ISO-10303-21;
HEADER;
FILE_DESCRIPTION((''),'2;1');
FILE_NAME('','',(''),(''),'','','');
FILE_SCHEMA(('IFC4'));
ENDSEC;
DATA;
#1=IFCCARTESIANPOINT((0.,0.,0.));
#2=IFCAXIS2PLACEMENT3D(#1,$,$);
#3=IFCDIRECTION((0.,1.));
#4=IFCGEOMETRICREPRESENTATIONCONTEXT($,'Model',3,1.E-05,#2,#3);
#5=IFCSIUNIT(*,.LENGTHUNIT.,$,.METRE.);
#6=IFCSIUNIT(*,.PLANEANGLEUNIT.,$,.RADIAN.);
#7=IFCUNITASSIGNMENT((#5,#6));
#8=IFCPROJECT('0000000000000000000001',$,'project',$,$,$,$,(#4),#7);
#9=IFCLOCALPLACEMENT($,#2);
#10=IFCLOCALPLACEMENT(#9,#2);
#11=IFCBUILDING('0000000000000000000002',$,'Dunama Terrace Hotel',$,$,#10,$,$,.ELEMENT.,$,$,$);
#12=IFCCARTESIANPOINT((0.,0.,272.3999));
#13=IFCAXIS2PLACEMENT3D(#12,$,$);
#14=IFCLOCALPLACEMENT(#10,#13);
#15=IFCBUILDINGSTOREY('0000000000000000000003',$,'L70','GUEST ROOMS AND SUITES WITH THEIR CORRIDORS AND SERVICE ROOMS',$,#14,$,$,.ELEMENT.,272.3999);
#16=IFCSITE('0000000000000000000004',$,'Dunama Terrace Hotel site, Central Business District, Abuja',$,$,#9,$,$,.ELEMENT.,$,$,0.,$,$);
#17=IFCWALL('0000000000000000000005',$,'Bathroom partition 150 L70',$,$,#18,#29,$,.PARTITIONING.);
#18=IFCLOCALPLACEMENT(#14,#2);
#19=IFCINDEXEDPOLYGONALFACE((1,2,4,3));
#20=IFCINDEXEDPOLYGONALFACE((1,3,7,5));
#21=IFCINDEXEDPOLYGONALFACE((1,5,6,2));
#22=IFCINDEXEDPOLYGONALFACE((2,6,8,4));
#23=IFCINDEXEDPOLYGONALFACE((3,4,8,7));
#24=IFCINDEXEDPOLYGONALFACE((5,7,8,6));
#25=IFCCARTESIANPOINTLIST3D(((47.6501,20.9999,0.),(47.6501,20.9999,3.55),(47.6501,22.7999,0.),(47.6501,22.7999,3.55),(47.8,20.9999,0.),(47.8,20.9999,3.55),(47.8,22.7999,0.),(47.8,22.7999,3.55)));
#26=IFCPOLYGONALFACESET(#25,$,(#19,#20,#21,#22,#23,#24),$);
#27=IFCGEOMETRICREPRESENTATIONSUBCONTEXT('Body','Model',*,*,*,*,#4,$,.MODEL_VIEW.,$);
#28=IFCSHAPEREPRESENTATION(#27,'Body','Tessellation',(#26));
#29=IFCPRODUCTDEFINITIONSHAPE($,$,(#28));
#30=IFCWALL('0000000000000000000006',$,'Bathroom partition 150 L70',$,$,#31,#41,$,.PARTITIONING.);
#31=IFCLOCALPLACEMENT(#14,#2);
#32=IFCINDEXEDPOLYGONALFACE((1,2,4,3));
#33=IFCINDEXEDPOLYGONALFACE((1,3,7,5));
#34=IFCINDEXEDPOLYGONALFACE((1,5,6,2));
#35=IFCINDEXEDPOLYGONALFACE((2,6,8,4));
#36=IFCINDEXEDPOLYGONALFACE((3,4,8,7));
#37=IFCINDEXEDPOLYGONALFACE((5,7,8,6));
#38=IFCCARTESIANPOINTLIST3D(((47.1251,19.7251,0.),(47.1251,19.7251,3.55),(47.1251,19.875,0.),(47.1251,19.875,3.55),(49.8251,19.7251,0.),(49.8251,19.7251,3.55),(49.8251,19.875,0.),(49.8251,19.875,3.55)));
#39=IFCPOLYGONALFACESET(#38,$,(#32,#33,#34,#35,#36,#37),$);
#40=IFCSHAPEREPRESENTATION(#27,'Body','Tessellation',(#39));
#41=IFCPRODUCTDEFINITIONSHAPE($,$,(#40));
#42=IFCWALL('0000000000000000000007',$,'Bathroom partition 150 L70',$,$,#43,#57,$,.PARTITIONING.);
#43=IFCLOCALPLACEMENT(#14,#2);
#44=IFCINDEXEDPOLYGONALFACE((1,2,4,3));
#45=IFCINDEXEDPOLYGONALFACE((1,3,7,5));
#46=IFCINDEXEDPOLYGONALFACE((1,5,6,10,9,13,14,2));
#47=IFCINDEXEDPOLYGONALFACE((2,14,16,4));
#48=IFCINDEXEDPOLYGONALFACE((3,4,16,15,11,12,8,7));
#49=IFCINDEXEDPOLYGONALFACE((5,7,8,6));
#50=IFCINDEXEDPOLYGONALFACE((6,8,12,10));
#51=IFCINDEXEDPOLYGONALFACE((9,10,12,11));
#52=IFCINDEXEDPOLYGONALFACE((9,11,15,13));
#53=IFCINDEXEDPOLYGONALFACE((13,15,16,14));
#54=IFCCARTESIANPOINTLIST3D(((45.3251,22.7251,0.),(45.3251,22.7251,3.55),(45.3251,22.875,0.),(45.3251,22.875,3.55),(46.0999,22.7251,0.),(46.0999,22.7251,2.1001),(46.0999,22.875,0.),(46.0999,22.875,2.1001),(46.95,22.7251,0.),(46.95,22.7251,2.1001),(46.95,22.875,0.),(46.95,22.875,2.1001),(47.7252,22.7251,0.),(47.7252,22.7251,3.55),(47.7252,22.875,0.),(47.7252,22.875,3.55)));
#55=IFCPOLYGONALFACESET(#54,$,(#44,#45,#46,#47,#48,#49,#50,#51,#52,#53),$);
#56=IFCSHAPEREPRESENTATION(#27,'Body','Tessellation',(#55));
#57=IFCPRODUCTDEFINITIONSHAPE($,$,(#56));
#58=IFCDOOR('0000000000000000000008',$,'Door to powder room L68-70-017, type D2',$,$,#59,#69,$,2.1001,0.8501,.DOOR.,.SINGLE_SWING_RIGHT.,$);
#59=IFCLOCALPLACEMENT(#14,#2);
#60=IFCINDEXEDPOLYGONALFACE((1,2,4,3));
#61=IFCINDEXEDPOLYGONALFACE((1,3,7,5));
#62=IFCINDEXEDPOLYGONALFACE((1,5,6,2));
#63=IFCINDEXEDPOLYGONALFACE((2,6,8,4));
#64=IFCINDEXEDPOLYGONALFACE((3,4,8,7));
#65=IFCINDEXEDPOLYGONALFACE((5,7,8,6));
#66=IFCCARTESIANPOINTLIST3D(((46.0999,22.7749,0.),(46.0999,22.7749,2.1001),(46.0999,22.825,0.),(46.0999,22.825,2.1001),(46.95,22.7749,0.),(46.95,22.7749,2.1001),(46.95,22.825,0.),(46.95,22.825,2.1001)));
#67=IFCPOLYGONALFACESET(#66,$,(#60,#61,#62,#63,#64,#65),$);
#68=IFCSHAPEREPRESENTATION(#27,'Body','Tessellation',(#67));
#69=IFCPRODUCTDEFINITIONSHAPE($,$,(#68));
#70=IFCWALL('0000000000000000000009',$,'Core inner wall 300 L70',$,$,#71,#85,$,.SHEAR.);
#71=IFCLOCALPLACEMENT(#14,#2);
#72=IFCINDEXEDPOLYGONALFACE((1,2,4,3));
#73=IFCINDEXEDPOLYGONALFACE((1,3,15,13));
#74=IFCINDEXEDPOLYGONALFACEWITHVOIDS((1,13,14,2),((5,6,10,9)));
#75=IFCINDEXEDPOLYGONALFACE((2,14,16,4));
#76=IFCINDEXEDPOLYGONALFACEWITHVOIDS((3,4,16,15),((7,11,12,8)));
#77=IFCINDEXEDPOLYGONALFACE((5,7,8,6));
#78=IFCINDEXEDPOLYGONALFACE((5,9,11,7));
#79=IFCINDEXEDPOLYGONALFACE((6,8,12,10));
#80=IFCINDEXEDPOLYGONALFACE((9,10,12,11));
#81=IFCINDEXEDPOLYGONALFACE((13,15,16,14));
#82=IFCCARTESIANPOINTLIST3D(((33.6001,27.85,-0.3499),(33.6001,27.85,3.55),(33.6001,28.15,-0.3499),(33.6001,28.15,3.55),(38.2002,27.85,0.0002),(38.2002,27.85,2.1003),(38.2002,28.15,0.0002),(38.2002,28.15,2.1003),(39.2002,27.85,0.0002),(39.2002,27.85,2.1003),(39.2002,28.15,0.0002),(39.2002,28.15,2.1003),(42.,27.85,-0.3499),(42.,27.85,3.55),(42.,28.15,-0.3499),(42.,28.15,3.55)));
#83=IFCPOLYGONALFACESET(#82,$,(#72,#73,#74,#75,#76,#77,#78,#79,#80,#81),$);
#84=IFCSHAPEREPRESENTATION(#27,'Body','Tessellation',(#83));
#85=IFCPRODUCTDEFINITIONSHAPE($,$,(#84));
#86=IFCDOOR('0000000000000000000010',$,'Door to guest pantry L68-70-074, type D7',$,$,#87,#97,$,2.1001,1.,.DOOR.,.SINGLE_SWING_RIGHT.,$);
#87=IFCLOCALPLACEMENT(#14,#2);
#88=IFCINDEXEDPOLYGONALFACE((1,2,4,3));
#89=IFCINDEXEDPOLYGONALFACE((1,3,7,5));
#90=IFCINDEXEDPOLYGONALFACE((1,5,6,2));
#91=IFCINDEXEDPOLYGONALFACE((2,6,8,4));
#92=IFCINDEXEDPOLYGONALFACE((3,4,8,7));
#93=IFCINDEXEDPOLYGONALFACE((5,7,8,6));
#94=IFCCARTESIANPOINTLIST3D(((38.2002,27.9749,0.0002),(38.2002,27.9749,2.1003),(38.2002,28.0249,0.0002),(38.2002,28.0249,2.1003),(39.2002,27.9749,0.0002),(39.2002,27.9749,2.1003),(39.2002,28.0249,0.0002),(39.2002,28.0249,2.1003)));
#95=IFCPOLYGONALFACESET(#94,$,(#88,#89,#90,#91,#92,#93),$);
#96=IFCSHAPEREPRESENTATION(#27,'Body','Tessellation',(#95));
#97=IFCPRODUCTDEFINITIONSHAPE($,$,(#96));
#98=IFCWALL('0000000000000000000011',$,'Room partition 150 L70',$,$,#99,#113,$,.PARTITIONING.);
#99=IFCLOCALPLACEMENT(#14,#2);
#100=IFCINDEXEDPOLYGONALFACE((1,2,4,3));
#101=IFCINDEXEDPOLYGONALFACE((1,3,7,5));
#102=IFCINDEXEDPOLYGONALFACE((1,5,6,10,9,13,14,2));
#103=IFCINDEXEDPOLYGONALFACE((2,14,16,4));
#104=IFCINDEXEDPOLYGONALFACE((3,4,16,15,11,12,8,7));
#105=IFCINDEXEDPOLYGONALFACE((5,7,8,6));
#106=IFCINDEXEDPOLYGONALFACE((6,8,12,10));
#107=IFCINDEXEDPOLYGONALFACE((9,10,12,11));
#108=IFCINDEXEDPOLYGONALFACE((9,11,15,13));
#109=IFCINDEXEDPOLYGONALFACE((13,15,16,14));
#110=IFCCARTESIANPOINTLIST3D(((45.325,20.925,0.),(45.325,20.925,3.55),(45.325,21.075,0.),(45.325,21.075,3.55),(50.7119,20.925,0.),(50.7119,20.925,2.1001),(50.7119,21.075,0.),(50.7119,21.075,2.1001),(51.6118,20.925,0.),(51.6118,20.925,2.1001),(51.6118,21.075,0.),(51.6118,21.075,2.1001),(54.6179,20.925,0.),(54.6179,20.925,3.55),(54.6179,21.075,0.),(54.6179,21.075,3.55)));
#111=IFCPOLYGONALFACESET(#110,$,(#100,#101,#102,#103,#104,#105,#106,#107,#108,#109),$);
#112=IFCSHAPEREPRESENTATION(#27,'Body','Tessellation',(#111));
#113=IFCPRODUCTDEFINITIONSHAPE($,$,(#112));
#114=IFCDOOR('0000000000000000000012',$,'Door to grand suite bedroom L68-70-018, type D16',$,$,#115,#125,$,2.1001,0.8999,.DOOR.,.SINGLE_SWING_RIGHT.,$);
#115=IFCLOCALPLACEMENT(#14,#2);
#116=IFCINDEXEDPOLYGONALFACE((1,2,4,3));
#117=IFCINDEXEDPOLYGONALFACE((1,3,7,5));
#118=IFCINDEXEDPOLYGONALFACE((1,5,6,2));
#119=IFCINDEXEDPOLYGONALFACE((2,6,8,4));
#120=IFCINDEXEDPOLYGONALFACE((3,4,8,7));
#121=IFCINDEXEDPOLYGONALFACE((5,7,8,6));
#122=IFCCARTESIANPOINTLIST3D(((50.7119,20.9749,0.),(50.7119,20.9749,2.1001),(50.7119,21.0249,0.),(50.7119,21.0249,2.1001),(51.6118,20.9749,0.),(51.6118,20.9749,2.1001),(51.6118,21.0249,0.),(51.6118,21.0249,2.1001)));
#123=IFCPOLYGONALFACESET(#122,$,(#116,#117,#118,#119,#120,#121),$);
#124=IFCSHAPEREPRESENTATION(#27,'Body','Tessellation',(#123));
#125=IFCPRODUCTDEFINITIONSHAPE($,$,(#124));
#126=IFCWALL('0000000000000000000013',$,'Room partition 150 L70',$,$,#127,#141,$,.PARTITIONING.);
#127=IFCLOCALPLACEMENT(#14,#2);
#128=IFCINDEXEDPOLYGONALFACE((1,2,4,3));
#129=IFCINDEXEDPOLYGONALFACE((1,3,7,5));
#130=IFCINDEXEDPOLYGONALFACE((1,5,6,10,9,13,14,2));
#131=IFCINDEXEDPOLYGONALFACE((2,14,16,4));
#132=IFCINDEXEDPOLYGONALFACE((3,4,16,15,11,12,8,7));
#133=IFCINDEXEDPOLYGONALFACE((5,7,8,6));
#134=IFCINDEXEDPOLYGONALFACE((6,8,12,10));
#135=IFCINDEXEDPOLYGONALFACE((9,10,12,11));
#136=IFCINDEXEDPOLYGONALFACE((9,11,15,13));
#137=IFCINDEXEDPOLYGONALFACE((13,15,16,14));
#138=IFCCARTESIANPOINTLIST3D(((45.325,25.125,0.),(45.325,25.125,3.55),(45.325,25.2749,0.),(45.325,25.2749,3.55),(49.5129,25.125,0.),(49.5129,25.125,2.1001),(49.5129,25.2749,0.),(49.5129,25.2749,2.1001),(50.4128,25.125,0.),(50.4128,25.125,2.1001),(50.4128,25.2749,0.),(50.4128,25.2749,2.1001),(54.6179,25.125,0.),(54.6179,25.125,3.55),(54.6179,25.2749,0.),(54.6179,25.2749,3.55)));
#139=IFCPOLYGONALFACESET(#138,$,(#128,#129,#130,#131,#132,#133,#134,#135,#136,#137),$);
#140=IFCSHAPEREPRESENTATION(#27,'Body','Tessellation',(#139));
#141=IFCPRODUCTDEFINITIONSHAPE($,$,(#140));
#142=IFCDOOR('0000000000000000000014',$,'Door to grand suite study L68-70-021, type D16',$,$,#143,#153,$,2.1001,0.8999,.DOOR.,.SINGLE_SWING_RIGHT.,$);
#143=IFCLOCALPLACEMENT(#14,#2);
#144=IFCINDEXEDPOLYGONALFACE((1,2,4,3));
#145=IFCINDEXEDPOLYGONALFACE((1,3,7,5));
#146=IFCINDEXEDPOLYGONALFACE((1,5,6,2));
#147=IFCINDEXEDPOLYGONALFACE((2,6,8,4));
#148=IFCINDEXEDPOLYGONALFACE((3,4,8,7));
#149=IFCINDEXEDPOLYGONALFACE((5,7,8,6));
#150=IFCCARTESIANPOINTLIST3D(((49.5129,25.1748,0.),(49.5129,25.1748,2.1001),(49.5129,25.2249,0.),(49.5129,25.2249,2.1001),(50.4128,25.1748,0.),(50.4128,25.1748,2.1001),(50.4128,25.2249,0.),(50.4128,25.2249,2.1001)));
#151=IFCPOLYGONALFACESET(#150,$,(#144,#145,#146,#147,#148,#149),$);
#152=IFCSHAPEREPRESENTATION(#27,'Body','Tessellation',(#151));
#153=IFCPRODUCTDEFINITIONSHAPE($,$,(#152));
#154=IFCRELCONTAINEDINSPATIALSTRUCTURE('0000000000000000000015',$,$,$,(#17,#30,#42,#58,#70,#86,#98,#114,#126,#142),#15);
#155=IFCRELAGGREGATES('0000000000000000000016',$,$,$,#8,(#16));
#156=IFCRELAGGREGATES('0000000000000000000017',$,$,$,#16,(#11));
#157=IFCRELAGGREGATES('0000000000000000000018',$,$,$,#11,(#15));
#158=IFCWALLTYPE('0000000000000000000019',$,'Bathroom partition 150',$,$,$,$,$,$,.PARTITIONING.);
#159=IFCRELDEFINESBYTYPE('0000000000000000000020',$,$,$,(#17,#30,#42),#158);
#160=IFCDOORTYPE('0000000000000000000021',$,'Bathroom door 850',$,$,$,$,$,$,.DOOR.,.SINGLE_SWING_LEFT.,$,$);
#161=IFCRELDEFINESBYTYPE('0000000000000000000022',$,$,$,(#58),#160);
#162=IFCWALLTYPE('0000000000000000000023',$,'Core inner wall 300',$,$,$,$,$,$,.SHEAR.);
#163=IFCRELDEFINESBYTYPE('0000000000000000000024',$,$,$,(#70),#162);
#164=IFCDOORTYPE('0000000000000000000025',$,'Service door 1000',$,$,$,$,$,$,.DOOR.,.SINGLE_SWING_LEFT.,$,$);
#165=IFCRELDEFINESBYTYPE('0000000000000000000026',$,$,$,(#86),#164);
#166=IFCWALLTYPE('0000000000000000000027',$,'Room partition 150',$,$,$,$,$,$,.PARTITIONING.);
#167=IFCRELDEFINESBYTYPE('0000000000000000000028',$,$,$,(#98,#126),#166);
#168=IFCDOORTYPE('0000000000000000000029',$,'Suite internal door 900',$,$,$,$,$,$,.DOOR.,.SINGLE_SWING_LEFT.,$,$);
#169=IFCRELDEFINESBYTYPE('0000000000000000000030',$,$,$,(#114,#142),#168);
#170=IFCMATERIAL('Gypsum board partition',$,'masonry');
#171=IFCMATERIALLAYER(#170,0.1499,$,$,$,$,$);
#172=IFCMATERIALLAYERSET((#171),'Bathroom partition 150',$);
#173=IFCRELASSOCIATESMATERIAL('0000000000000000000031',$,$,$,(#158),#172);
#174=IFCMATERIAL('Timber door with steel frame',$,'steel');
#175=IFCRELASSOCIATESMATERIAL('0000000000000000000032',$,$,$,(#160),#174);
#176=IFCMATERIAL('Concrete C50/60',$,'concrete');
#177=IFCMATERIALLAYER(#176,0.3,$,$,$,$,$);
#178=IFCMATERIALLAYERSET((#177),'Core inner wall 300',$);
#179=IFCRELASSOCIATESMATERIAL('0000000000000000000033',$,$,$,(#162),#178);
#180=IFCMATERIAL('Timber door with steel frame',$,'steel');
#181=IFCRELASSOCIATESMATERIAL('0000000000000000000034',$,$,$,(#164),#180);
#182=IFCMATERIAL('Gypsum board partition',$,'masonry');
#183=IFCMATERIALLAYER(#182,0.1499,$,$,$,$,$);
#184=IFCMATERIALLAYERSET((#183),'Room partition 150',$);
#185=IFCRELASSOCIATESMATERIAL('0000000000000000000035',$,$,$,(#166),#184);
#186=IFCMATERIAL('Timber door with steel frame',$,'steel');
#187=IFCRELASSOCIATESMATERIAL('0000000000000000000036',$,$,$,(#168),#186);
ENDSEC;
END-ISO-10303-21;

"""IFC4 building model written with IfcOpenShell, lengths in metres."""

from ifc_helpers import new_model, si_unit, direction, frame, frame_2d, origin, place, context, subcontext, project, spatial, rectangle, extrude, material, layer, layer_set, type_object, element, fill, save


model = new_model("IFC4")

# Units and contexts
model_context = context("Model", 3, precision=1e-05, world=origin(), true_north=direction((0.0, 1.0)))
body_context = subcontext(model_context, "Body", "Model", "MODEL_VIEW")
ifc_project = project(units=[si_unit("LENGTHUNIT", "METRE"), si_unit("PLANEANGLEUNIT", "RADIAN")], contexts=[model_context])

# Site, building, storey
site_placement = place(None, origin())
site = spatial("IfcSite", under=ifc_project, at=site_placement, Name="Dunama Terrace Hotel site, Central Business District, Abuja", CompositionType="ELEMENT", RefElevation=0.0)
building_placement = place(site_placement, origin())
building = spatial("IfcBuilding", under=site, at=building_placement, Name="Dunama Terrace Hotel", CompositionType="ELEMENT")
storey_placement = place(building_placement, frame((0.0, 0.0, 272.3999)))
storey = spatial("IfcBuildingStorey", under=building, at=storey_placement, Name="L70", Description="GUEST ROOMS AND SUITES WITH THEIR CORRIDORS AND SERVICE ROOMS", CompositionType="ELEMENT", Elevation=272.3999)

# Walls
ifc_material_1 = material(Name="Gypsum board partition", Category="masonry")
ifc_layer_1 = layer(ifc_material_1, 0.1499)
ifc_layer_set_1 = layer_set([ifc_layer_1], Name="Bathroom partition 150")
wall_type_1 = type_object("IfcWallType", Name="Bathroom partition 150", PredefinedType="PARTITIONING", material=ifc_layer_set_1)
wall_1_placement = place(storey_placement, frame((47.7251, 21.0, 0.0), z_axis=(0.0, 0.0, 1.0), x_axis=(0.0, 1.0, 0.0)))
element("IfcWall", 1, at=wall_1_placement, inside=storey, type_object=wall_type_1, Name="Bathroom partition 150 L70", PredefinedType="PARTITIONING", context=body_context, shape_type="SweptSolid", body=[
    extrude(rectangle(XDim=1.8, YDim=0.1499, at=frame_2d((0.8999, 0.0))), origin(), (0.0, 0.0, 1.0), 3.55),
])
wall_2_placement = place(storey_placement, frame((47.125, 19.8, 0.0), z_axis=(0.0, 0.0, 1.0), x_axis=(1.0, 0.0, 0.0)))
element("IfcWall", 2, at=wall_2_placement, inside=storey, type_object=wall_type_1, Name="Bathroom partition 150 L70", PredefinedType="PARTITIONING", context=body_context, shape_type="SweptSolid", body=[
    extrude(rectangle(XDim=2.7, YDim=0.1499, at=frame_2d((1.3501, 0.0))), origin(), (0.0, 0.0, 1.0), 3.55),
])

# Walls, openings, doors
wall_3_placement = place(storey_placement, frame((45.325, 22.8, 0.0), z_axis=(0.0, 0.0, 1.0), x_axis=(1.0, 0.0, 0.0)))
wall_3 = element("IfcWall", 3, at=wall_3_placement, inside=storey, type_object=wall_type_1, Name="Bathroom partition 150 L70", PredefinedType="PARTITIONING", context=body_context, shape_type="SweptSolid", body=[
    extrude(rectangle(XDim=2.4001, YDim=0.1499, at=frame_2d((1.2002, 0.0))), origin(), (0.0, 0.0, 1.0), 3.55),
])
opening_1_placement = place(wall_3_placement, frame((0.7749, 0.0, 0.0)))
opening_1 = element("IfcOpeningElement", 4, at=opening_1_placement, cuts=wall_3, PredefinedType="OPENING", context=body_context, shape_type="SweptSolid", body=[
    extrude(rectangle(XDim=0.8501, YDim=2.1001, at=frame_2d((0.425, 1.05))), frame((0.0, 0.085, 0.0), z_axis=(0.0, -1.0, 0.0), x_axis=(1.0, 0.0, 0.0)), (0.0, 0.0, 1.0), 0.1699),
])
ifc_material_2 = material(Name="Timber door with steel frame", Category="steel")
door_type_1 = type_object("IfcDoorType", Name="Bathroom door 850", OperationType="SINGLE_SWING_LEFT", PredefinedType="DOOR", material=ifc_material_2)
door_1_placement = place(opening_1_placement, frame((0.8501, 0.0, 0.0), z_axis=(0.0, 0.0, 1.0), x_axis=(-1.0, 0.0, 0.0)))
door_1 = element("IfcDoor", 5, at=door_1_placement, inside=storey, type_object=door_type_1, Name="Door to powder room L68-70-017, type D2", OperationType="SINGLE_SWING_RIGHT", OverallHeight=2.1001, OverallWidth=0.8501, PredefinedType="DOOR", context=body_context, shape_type="SweptSolid", body=[
    extrude(rectangle(XDim=0.8501, YDim=2.1001, at=frame_2d((0.425, 1.05))), frame((0.0, 0.0251, 0.0), z_axis=(0.0, -1.0, 0.0), x_axis=(1.0, 0.0, 0.0)), (0.0, 0.0, 1.0), 0.05),
])
fill(opening_1, door_1)
ifc_material_3 = material(Name="Concrete C50/60", Category="concrete")
ifc_layer_2 = layer(ifc_material_3, 0.3)
ifc_layer_set_2 = layer_set([ifc_layer_2], Name="Core inner wall 300")
wall_type_2 = type_object("IfcWallType", Name="Core inner wall 300", PredefinedType="SHEAR", material=ifc_layer_set_2)
wall_4_placement = place(storey_placement, frame((33.6001, 28.0, -0.3499), z_axis=(0.0, 0.0, 1.0), x_axis=(1.0, 0.0, 0.0)))
wall_4 = element("IfcWall", 6, at=wall_4_placement, inside=storey, type_object=wall_type_2, Name="Core inner wall 300 L70", PredefinedType="SHEAR", context=body_context, shape_type="SweptSolid", body=[
    extrude(rectangle(XDim=8.3999, YDim=0.3, at=frame_2d((4.2, 0.0))), origin(), (0.0, 0.0, 1.0), 3.8999),
])
opening_2_placement = place(wall_4_placement, frame((4.6001, 0.0, 0.3501)))
opening_2 = element("IfcOpeningElement", 7, at=opening_2_placement, cuts=wall_4, PredefinedType="OPENING", context=body_context, shape_type="SweptSolid", body=[
    extrude(rectangle(XDim=1.0, YDim=2.1001, at=frame_2d((0.5, 1.05))), frame((0.0, 0.1599, 0.0), z_axis=(0.0, -1.0, 0.0), x_axis=(1.0, 0.0, 0.0)), (0.0, 0.0, 1.0), 0.3201),
])
ifc_material_4 = material(Name="Timber door with steel frame", Category="steel")
door_type_2 = type_object("IfcDoorType", Name="Service door 1000", OperationType="SINGLE_SWING_LEFT", PredefinedType="DOOR", material=ifc_material_4)
door_2_placement = place(opening_2_placement, frame((1.0, 0.0, 0.0), z_axis=(0.0, 0.0, 1.0), x_axis=(-1.0, 0.0, 0.0)))
door_2 = element("IfcDoor", 8, at=door_2_placement, inside=storey, type_object=door_type_2, Name="Door to guest pantry L68-70-074, type D7", OperationType="SINGLE_SWING_RIGHT", OverallHeight=2.1001, OverallWidth=1.0, PredefinedType="DOOR", context=body_context, shape_type="SweptSolid", body=[
    extrude(rectangle(XDim=1.0, YDim=2.1001, at=frame_2d((0.5, 1.05))), frame((0.0, 0.0251, 0.0), z_axis=(0.0, -1.0, 0.0), x_axis=(1.0, 0.0, 0.0)), (0.0, 0.0, 1.0), 0.05),
])
fill(opening_2, door_2)
ifc_material_5 = material(Name="Gypsum board partition", Category="masonry")
ifc_layer_3 = layer(ifc_material_5, 0.1499)
ifc_layer_set_3 = layer_set([ifc_layer_3], Name="Room partition 150")
wall_type_3 = type_object("IfcWallType", Name="Room partition 150", PredefinedType="PARTITIONING", material=ifc_layer_set_3)
wall_5_placement = place(storey_placement, frame((45.325, 21.0, 0.0), z_axis=(0.0, 0.0, 1.0), x_axis=(1.0, 0.0, 0.0)))
wall_5 = element("IfcWall", 9, at=wall_5_placement, inside=storey, type_object=wall_type_3, Name="Room partition 150 L70", PredefinedType="PARTITIONING", context=body_context, shape_type="SweptSolid", body=[
    extrude(rectangle(XDim=9.293, YDim=0.1499, at=frame_2d((4.6465, 0.0))), origin(), (0.0, 0.0, 1.0), 3.55),
])
opening_3_placement = place(wall_5_placement, frame((5.387, 0.0, 0.0)))
opening_3 = element("IfcOpeningElement", 10, at=opening_3_placement, cuts=wall_5, PredefinedType="OPENING", context=body_context, shape_type="SweptSolid", body=[
    extrude(rectangle(XDim=0.8999, YDim=2.1001, at=frame_2d((0.45, 1.05))), frame((0.0, 0.085, 0.0), z_axis=(0.0, -1.0, 0.0), x_axis=(1.0, 0.0, 0.0)), (0.0, 0.0, 1.0), 0.1699),
])
ifc_material_6 = material(Name="Timber door with steel frame", Category="steel")
door_type_3 = type_object("IfcDoorType", Name="Suite internal door 900", OperationType="SINGLE_SWING_LEFT", PredefinedType="DOOR", material=ifc_material_6)
door_3_placement = place(opening_3_placement, frame((0.8999, 0.0, 0.0), z_axis=(0.0, 0.0, 1.0), x_axis=(-1.0, 0.0, 0.0)))
door_3 = element("IfcDoor", 11, at=door_3_placement, inside=storey, type_object=door_type_3, Name="Door to grand suite bedroom L68-70-018, type D16", OperationType="SINGLE_SWING_RIGHT", OverallHeight=2.1001, OverallWidth=0.8999, PredefinedType="DOOR", context=body_context, shape_type="SweptSolid", body=[
    extrude(rectangle(XDim=0.8999, YDim=2.1001, at=frame_2d((0.45, 1.05))), frame((0.0, 0.0251, 0.0), z_axis=(0.0, -1.0, 0.0), x_axis=(1.0, 0.0, 0.0)), (0.0, 0.0, 1.0), 0.05),
])
fill(opening_3, door_3)
wall_6_placement = place(storey_placement, frame((45.325, 25.2, 0.0), z_axis=(0.0, 0.0, 1.0), x_axis=(1.0, 0.0, 0.0)))
wall_6 = element("IfcWall", 12, at=wall_6_placement, inside=storey, type_object=wall_type_3, Name="Room partition 150 L70", PredefinedType="PARTITIONING", context=body_context, shape_type="SweptSolid", body=[
    extrude(rectangle(XDim=9.293, YDim=0.1499, at=frame_2d((4.6465, 0.0))), origin(), (0.0, 0.0, 1.0), 3.55),
])
opening_4_placement = place(wall_6_placement, frame((4.188, 0.0, 0.0)))
opening_4 = element("IfcOpeningElement", 13, at=opening_4_placement, cuts=wall_6, PredefinedType="OPENING", context=body_context, shape_type="SweptSolid", body=[
    extrude(rectangle(XDim=0.8999, YDim=2.1001, at=frame_2d((0.45, 1.05))), frame((0.0, 0.085, 0.0), z_axis=(0.0, -1.0, 0.0), x_axis=(1.0, 0.0, 0.0)), (0.0, 0.0, 1.0), 0.1699),
])
door_4_placement = place(opening_4_placement, frame((0.8999, 0.0, 0.0), z_axis=(0.0, 0.0, 1.0), x_axis=(-1.0, 0.0, 0.0)))
door_4 = element("IfcDoor", 14, at=door_4_placement, inside=storey, type_object=door_type_3, Name="Door to grand suite study L68-70-021, type D16", OperationType="SINGLE_SWING_RIGHT", OverallHeight=2.1001, OverallWidth=0.8999, PredefinedType="DOOR", context=body_context, shape_type="SweptSolid", body=[
    extrude(rectangle(XDim=0.8999, YDim=2.1001, at=frame_2d((0.45, 1.05))), frame((0.0, 0.0251, 0.0), z_axis=(0.0, -1.0, 0.0), x_axis=(1.0, 0.0, 0.0)), (0.0, 0.0, 1.0), 0.05),
])
fill(opening_4, door_4)

save(model, "model.ifc")
